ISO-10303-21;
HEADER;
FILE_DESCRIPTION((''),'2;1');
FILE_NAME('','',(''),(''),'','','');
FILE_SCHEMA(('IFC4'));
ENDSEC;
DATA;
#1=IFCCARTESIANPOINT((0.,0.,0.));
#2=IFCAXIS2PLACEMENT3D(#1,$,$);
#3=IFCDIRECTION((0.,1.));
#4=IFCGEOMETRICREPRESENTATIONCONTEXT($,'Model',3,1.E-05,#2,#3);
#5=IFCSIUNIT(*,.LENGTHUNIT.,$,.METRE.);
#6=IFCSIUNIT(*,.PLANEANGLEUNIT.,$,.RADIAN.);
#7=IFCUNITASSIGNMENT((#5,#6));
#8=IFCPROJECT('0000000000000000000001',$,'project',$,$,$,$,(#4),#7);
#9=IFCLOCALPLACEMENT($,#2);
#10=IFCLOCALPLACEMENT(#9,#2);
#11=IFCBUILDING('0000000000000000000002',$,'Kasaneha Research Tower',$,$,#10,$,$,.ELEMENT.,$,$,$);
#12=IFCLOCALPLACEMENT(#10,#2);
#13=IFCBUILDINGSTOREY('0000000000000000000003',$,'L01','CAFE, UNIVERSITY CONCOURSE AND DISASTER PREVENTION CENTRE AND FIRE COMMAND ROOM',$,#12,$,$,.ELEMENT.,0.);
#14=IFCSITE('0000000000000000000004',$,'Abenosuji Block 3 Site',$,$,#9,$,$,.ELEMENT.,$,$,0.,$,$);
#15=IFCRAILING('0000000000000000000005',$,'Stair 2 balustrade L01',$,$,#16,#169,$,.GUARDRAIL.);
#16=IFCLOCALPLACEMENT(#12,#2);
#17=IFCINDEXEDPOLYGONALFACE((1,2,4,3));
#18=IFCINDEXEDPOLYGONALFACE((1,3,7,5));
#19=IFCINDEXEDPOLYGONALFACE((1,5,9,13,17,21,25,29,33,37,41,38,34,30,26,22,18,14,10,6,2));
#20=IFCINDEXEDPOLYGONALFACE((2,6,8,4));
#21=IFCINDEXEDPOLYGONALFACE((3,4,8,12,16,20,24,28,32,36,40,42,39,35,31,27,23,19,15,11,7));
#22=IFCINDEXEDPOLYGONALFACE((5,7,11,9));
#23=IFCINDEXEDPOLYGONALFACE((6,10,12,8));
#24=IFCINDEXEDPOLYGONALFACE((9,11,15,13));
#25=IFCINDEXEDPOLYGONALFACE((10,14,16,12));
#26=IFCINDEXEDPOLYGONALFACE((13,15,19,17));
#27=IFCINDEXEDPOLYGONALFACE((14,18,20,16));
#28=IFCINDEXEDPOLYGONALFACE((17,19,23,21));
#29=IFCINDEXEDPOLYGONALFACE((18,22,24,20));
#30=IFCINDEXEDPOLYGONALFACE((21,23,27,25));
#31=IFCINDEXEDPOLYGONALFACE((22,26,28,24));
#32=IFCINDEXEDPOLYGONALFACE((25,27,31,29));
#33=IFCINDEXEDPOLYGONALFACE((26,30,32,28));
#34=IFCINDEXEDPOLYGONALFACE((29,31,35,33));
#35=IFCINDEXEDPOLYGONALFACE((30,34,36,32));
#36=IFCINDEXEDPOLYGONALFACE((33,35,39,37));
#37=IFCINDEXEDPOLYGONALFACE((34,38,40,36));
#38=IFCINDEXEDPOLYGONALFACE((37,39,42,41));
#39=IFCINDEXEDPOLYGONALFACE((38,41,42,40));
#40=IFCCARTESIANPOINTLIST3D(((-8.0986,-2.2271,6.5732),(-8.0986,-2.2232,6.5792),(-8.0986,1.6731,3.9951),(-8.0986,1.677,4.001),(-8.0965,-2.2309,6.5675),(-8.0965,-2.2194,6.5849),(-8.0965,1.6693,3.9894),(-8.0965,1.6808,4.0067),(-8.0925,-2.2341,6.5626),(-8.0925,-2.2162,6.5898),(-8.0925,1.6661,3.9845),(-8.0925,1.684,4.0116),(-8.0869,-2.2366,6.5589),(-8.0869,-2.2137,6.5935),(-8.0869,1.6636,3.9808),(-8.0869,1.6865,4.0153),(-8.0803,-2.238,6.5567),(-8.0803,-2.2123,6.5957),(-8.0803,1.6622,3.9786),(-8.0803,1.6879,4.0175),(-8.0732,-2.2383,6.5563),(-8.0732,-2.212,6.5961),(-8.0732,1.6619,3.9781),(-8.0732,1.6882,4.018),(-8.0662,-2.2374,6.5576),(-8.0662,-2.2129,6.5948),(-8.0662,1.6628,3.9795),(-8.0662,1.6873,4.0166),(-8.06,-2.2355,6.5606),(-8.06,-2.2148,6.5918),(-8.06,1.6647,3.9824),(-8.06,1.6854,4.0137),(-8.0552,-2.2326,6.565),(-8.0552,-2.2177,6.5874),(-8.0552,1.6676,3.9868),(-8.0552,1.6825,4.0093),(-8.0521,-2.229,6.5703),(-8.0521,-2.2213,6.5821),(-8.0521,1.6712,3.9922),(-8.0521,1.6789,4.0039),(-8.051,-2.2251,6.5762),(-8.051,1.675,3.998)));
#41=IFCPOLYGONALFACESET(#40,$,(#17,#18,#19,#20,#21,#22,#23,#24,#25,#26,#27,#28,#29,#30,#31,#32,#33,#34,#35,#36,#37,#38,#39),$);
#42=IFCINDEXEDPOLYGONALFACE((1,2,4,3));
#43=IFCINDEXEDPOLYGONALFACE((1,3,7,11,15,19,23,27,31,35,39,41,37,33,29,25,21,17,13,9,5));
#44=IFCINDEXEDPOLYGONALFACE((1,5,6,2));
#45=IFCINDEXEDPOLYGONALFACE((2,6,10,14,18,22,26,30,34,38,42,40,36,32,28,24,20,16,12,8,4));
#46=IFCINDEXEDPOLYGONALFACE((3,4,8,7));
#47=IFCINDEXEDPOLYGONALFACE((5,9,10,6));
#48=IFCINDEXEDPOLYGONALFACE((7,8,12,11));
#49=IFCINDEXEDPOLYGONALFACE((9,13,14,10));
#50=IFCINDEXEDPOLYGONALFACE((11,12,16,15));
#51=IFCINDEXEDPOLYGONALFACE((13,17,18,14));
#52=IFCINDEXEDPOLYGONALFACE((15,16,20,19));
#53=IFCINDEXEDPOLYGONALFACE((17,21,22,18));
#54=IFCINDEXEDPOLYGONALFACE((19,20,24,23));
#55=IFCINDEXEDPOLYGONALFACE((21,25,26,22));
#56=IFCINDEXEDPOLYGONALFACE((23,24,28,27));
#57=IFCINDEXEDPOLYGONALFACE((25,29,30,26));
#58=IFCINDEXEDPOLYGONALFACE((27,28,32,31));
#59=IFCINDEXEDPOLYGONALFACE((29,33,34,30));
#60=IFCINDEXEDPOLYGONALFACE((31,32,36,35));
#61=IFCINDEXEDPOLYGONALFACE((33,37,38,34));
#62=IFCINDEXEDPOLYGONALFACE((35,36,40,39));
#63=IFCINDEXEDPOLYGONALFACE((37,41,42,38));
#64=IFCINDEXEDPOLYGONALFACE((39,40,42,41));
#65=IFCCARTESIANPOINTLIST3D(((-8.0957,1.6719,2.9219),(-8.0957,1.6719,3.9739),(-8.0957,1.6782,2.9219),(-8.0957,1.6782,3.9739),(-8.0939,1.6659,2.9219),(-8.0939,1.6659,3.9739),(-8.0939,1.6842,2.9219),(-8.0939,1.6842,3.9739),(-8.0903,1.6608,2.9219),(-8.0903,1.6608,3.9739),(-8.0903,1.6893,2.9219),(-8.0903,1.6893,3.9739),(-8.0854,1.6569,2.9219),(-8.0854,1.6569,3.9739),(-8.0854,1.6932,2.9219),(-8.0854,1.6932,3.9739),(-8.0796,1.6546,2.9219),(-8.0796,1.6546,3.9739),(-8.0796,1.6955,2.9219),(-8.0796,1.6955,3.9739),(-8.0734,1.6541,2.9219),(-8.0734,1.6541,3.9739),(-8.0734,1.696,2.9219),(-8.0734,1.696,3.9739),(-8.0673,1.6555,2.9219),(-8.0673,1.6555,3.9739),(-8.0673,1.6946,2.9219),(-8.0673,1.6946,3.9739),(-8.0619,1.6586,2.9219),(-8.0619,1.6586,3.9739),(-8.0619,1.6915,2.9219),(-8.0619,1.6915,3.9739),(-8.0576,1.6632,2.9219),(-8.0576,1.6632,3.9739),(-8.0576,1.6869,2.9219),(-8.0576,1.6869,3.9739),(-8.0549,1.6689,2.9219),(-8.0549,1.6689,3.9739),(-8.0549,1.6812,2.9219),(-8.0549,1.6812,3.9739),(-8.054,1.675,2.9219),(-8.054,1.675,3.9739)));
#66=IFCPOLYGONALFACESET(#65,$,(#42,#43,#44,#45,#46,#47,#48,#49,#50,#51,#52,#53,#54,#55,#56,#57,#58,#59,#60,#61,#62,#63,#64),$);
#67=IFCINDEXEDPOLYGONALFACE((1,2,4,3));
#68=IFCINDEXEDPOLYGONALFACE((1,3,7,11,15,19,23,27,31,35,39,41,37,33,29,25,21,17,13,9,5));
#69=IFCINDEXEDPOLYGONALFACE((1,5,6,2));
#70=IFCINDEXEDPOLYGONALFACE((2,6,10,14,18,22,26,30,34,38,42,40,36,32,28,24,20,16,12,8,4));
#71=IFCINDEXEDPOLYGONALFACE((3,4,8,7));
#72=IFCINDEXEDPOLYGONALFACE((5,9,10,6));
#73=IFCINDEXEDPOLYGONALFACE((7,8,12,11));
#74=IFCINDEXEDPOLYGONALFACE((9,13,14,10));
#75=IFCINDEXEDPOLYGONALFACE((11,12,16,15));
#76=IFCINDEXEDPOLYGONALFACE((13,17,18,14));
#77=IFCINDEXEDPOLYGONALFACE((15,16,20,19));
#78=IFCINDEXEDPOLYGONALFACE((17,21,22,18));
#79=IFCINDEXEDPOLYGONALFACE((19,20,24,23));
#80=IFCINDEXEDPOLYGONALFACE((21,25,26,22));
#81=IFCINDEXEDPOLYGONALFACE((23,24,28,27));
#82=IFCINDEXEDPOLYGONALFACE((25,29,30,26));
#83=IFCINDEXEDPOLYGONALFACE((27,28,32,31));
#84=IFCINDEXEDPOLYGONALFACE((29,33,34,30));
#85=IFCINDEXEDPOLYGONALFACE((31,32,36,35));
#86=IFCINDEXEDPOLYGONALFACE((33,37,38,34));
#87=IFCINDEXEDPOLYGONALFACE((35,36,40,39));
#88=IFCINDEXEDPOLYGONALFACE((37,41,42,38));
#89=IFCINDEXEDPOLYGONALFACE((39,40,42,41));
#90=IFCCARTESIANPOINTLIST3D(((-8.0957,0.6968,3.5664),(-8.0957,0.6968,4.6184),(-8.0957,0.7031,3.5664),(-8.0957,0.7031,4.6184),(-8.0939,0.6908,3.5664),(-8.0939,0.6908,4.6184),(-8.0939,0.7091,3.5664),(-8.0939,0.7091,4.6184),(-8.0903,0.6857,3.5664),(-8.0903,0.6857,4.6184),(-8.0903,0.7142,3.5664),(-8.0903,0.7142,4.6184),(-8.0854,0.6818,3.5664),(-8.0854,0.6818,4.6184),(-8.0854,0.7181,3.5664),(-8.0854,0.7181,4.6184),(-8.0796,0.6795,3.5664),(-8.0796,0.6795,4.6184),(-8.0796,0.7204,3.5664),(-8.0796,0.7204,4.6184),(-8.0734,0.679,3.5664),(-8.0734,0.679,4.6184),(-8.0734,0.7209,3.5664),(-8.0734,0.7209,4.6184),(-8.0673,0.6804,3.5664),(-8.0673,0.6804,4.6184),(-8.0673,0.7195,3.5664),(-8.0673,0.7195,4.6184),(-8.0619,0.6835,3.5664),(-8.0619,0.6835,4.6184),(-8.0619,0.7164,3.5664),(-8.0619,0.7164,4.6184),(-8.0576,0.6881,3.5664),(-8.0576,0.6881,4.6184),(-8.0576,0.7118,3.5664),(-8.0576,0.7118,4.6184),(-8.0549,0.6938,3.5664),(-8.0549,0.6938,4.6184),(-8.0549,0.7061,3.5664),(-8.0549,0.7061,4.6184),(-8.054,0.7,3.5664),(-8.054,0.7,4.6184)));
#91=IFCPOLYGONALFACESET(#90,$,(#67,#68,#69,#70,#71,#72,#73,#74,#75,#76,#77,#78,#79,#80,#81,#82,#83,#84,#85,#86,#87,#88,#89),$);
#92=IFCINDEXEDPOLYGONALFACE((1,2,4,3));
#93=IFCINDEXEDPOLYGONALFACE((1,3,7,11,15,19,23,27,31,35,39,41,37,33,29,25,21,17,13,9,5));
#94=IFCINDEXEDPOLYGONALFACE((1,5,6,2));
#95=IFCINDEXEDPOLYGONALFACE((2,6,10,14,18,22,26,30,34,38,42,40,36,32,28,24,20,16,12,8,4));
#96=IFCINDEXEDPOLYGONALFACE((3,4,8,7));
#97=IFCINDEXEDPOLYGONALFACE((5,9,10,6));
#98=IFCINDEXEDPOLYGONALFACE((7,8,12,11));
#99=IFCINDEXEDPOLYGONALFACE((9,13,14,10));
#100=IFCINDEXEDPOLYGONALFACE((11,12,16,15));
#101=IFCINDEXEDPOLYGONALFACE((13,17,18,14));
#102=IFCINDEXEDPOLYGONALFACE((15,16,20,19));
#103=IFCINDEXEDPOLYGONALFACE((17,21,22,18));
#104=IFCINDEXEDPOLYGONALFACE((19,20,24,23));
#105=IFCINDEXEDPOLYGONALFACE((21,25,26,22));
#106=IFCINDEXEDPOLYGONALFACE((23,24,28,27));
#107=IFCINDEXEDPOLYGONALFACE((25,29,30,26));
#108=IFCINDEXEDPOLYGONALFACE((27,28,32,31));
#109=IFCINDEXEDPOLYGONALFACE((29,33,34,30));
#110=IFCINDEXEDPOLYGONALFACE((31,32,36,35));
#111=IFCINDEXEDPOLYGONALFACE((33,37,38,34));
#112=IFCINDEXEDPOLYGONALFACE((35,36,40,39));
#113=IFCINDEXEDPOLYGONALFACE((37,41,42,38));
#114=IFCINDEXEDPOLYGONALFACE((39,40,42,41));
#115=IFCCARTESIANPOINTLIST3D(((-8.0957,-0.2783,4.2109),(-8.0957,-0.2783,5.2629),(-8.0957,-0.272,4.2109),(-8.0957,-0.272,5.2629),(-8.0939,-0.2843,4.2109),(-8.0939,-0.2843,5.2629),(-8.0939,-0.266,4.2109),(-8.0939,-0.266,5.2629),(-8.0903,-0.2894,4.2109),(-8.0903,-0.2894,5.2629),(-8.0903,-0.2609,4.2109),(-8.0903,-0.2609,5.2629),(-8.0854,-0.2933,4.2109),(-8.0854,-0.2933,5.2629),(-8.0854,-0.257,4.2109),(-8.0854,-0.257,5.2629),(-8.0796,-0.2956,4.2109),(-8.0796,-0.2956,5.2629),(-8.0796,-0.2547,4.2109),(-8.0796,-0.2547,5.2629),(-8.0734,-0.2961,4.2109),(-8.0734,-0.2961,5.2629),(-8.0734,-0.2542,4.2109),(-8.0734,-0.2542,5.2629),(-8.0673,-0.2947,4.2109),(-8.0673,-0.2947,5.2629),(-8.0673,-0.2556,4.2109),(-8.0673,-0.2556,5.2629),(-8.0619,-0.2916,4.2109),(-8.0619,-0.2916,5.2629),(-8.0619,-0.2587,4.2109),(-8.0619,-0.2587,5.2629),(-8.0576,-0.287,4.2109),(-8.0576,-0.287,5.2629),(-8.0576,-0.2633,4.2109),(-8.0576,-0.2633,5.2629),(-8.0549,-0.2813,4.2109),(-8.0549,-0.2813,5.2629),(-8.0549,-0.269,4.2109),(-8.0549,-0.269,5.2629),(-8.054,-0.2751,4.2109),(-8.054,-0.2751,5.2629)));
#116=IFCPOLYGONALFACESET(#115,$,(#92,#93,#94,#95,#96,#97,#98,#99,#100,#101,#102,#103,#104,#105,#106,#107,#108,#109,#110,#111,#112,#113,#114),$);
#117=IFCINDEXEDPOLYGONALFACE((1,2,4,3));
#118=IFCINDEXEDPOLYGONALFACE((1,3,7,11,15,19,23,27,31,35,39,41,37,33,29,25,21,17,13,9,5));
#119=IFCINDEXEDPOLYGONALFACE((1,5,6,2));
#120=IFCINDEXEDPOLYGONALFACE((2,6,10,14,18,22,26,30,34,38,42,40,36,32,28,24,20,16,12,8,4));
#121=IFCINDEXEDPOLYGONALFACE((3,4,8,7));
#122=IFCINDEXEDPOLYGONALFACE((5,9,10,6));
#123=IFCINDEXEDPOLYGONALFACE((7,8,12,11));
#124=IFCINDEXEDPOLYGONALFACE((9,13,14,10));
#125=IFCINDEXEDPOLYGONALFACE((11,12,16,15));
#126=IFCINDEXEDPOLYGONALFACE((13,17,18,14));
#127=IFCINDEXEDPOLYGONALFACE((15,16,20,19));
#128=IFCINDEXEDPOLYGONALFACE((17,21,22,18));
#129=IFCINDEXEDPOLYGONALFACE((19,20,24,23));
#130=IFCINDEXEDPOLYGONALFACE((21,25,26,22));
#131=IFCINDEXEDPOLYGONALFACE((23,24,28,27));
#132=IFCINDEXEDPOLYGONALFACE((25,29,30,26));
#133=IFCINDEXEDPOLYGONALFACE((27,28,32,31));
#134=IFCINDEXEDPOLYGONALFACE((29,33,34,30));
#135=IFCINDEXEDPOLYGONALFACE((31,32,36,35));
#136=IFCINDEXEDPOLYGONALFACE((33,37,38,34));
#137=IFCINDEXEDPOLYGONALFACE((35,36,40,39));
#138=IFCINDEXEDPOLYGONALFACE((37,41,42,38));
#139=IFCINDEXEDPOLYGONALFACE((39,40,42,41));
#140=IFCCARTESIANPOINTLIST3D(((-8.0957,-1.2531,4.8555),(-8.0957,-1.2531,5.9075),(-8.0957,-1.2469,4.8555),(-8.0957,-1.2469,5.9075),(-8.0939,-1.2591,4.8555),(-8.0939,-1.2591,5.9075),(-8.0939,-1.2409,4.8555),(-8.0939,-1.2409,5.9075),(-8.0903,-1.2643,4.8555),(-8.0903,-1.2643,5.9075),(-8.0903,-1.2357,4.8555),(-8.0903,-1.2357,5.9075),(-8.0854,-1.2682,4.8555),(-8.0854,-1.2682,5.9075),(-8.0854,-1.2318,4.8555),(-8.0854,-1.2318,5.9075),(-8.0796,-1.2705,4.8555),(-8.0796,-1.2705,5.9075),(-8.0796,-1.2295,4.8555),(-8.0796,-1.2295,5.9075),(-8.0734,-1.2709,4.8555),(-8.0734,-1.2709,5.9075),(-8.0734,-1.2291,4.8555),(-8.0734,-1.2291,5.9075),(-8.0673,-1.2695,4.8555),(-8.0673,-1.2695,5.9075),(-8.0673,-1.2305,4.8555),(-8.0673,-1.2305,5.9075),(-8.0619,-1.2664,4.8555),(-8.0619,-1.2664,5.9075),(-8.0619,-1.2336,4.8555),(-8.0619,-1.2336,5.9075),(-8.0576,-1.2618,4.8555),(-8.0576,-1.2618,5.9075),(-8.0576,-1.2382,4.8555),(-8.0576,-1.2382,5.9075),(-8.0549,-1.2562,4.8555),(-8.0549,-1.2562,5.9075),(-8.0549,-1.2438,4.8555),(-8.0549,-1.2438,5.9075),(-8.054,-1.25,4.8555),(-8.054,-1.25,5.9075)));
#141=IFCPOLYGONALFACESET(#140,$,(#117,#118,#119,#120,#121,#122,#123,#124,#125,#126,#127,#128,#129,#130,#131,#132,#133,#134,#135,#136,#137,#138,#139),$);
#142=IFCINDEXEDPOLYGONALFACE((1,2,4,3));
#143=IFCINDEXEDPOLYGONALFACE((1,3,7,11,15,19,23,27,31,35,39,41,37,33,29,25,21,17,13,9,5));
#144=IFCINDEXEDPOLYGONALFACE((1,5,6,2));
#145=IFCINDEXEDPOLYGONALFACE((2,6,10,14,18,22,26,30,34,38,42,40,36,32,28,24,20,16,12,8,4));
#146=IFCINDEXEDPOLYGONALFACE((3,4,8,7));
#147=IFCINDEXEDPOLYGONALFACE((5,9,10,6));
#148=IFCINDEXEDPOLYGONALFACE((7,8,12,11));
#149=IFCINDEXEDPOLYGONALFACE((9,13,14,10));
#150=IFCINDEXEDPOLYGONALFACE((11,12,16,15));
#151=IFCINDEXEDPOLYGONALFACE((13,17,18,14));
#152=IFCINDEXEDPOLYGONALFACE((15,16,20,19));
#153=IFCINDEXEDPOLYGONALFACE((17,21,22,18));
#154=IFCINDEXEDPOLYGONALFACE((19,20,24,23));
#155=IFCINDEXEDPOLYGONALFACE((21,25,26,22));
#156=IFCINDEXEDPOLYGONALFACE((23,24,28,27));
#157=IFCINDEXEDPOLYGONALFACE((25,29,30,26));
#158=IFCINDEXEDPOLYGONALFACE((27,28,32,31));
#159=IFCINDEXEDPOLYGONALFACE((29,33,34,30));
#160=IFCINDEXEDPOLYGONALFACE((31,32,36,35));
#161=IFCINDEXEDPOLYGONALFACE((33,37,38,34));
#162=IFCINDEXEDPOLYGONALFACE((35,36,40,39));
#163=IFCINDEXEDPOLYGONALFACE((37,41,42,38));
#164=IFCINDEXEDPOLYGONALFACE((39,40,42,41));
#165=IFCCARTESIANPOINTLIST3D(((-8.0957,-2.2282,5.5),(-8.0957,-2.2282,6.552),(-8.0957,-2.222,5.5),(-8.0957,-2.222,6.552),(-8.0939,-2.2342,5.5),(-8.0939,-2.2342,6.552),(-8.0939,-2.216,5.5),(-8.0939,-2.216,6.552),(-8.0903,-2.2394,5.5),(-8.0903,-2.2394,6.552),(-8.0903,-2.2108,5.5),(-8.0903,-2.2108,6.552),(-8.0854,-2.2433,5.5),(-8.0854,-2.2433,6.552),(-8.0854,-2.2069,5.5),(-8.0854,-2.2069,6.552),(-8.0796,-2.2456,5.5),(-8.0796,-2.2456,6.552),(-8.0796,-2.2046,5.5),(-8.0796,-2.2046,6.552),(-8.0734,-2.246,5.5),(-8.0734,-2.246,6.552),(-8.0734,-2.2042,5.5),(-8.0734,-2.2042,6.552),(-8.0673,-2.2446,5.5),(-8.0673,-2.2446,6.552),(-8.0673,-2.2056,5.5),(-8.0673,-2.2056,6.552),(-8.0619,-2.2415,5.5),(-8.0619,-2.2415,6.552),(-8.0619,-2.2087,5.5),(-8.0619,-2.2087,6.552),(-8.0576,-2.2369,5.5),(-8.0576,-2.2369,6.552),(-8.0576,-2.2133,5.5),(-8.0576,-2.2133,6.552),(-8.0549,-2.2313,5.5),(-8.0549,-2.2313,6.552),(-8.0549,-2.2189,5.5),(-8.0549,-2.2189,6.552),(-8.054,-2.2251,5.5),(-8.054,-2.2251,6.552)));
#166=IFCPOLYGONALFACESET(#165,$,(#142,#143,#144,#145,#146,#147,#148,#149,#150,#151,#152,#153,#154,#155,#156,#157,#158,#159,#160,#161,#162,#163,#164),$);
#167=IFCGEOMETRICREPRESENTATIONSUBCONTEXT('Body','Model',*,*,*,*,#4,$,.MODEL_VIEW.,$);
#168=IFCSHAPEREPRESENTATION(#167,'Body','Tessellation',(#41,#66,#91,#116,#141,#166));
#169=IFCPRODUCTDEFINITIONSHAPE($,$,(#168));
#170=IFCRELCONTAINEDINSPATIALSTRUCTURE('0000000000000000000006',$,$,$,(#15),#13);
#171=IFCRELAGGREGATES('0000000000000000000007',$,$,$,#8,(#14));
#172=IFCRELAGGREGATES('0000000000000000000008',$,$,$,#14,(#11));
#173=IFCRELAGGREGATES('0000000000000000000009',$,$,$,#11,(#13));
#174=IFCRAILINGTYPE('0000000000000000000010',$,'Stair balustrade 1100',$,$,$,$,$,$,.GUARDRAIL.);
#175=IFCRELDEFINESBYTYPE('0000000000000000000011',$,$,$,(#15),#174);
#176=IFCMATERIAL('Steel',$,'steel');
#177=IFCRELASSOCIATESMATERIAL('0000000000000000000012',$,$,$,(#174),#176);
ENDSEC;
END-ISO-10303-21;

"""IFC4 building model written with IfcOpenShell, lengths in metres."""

from ifc_helpers import new_model, si_unit, direction, frame, origin, origin_2d, place, context, subcontext, project, spatial, circle, extrude, material, type_object, element, save


model = new_model("IFC4")

# Units and contexts
model_context = context("Model", 3, precision=1e-05, world=origin(), true_north=direction((0.0, 1.0)))
body_context = subcontext(model_context, "Body", "Model", "MODEL_VIEW")
ifc_project = project(units=[si_unit("LENGTHUNIT", "METRE"), si_unit("PLANEANGLEUNIT", "RADIAN")], contexts=[model_context])

# Site, building, storey
site_placement = place(None, origin())
site = spatial("IfcSite", under=ifc_project, at=site_placement, Name="Abenosuji Block 3 Site", CompositionType="ELEMENT", RefElevation=0.0)
building_placement = place(site_placement, origin())
building = spatial("IfcBuilding", under=site, at=building_placement, Name="Kasaneha Research Tower", CompositionType="ELEMENT")
storey_placement = place(building_placement, origin())
storey = spatial("IfcBuildingStorey", under=building, at=storey_placement, Name="L01", Description="CAFE, UNIVERSITY CONCOURSE AND DISASTER PREVENTION CENTRE AND FIRE COMMAND ROOM", CompositionType="ELEMENT", Elevation=0.0)

# Railing
ifc_material_1 = material(Name="Steel", Category="steel")
railing_type_1 = type_object("IfcRailingType", Name="Stair balustrade 1100", PredefinedType="GUARDRAIL", material=ifc_material_1)
railing_1_placement = place(storey_placement, frame((-8.075, 1.675, 2.9219)))
element("IfcRailing", 1, at=railing_1_placement, inside=storey, type_object=railing_type_1, Name="Stair 2 balustrade L01", PredefinedType="GUARDRAIL", context=body_context, shape_type="SweptSolid", body=[
    extrude(circle(Radius=0.0239, at=origin_2d()), frame((0.0, 0.0, 1.0762), z_axis=(0.0, -0.834213, 0.551442), x_axis=(1.0, 0.0, 0.0)), (0.0, 0.0, 1.0), 4.6753),
    extrude(circle(Radius=0.021, at=origin_2d()), origin(), (0.0, 0.0, 1.0), 1.052),
    extrude(circle(Radius=0.021, at=origin_2d()), frame((0.0, -0.9751, 0.6445)), (0.0, 0.0, 1.0), 1.052),
    extrude(circle(Radius=0.021, at=origin_2d()), frame((0.0, -1.9502, 1.2891)), (0.0, 0.0, 1.0), 1.052),
    extrude(circle(Radius=0.021, at=origin_2d()), frame((0.0, -2.925, 1.9336)), (0.0, 0.0, 1.0), 1.052),
    extrude(circle(Radius=0.021, at=origin_2d()), frame((0.0, -3.9001, 2.5781)), (0.0, 0.0, 1.0), 1.052),
])

save(model, "model.ifc")
